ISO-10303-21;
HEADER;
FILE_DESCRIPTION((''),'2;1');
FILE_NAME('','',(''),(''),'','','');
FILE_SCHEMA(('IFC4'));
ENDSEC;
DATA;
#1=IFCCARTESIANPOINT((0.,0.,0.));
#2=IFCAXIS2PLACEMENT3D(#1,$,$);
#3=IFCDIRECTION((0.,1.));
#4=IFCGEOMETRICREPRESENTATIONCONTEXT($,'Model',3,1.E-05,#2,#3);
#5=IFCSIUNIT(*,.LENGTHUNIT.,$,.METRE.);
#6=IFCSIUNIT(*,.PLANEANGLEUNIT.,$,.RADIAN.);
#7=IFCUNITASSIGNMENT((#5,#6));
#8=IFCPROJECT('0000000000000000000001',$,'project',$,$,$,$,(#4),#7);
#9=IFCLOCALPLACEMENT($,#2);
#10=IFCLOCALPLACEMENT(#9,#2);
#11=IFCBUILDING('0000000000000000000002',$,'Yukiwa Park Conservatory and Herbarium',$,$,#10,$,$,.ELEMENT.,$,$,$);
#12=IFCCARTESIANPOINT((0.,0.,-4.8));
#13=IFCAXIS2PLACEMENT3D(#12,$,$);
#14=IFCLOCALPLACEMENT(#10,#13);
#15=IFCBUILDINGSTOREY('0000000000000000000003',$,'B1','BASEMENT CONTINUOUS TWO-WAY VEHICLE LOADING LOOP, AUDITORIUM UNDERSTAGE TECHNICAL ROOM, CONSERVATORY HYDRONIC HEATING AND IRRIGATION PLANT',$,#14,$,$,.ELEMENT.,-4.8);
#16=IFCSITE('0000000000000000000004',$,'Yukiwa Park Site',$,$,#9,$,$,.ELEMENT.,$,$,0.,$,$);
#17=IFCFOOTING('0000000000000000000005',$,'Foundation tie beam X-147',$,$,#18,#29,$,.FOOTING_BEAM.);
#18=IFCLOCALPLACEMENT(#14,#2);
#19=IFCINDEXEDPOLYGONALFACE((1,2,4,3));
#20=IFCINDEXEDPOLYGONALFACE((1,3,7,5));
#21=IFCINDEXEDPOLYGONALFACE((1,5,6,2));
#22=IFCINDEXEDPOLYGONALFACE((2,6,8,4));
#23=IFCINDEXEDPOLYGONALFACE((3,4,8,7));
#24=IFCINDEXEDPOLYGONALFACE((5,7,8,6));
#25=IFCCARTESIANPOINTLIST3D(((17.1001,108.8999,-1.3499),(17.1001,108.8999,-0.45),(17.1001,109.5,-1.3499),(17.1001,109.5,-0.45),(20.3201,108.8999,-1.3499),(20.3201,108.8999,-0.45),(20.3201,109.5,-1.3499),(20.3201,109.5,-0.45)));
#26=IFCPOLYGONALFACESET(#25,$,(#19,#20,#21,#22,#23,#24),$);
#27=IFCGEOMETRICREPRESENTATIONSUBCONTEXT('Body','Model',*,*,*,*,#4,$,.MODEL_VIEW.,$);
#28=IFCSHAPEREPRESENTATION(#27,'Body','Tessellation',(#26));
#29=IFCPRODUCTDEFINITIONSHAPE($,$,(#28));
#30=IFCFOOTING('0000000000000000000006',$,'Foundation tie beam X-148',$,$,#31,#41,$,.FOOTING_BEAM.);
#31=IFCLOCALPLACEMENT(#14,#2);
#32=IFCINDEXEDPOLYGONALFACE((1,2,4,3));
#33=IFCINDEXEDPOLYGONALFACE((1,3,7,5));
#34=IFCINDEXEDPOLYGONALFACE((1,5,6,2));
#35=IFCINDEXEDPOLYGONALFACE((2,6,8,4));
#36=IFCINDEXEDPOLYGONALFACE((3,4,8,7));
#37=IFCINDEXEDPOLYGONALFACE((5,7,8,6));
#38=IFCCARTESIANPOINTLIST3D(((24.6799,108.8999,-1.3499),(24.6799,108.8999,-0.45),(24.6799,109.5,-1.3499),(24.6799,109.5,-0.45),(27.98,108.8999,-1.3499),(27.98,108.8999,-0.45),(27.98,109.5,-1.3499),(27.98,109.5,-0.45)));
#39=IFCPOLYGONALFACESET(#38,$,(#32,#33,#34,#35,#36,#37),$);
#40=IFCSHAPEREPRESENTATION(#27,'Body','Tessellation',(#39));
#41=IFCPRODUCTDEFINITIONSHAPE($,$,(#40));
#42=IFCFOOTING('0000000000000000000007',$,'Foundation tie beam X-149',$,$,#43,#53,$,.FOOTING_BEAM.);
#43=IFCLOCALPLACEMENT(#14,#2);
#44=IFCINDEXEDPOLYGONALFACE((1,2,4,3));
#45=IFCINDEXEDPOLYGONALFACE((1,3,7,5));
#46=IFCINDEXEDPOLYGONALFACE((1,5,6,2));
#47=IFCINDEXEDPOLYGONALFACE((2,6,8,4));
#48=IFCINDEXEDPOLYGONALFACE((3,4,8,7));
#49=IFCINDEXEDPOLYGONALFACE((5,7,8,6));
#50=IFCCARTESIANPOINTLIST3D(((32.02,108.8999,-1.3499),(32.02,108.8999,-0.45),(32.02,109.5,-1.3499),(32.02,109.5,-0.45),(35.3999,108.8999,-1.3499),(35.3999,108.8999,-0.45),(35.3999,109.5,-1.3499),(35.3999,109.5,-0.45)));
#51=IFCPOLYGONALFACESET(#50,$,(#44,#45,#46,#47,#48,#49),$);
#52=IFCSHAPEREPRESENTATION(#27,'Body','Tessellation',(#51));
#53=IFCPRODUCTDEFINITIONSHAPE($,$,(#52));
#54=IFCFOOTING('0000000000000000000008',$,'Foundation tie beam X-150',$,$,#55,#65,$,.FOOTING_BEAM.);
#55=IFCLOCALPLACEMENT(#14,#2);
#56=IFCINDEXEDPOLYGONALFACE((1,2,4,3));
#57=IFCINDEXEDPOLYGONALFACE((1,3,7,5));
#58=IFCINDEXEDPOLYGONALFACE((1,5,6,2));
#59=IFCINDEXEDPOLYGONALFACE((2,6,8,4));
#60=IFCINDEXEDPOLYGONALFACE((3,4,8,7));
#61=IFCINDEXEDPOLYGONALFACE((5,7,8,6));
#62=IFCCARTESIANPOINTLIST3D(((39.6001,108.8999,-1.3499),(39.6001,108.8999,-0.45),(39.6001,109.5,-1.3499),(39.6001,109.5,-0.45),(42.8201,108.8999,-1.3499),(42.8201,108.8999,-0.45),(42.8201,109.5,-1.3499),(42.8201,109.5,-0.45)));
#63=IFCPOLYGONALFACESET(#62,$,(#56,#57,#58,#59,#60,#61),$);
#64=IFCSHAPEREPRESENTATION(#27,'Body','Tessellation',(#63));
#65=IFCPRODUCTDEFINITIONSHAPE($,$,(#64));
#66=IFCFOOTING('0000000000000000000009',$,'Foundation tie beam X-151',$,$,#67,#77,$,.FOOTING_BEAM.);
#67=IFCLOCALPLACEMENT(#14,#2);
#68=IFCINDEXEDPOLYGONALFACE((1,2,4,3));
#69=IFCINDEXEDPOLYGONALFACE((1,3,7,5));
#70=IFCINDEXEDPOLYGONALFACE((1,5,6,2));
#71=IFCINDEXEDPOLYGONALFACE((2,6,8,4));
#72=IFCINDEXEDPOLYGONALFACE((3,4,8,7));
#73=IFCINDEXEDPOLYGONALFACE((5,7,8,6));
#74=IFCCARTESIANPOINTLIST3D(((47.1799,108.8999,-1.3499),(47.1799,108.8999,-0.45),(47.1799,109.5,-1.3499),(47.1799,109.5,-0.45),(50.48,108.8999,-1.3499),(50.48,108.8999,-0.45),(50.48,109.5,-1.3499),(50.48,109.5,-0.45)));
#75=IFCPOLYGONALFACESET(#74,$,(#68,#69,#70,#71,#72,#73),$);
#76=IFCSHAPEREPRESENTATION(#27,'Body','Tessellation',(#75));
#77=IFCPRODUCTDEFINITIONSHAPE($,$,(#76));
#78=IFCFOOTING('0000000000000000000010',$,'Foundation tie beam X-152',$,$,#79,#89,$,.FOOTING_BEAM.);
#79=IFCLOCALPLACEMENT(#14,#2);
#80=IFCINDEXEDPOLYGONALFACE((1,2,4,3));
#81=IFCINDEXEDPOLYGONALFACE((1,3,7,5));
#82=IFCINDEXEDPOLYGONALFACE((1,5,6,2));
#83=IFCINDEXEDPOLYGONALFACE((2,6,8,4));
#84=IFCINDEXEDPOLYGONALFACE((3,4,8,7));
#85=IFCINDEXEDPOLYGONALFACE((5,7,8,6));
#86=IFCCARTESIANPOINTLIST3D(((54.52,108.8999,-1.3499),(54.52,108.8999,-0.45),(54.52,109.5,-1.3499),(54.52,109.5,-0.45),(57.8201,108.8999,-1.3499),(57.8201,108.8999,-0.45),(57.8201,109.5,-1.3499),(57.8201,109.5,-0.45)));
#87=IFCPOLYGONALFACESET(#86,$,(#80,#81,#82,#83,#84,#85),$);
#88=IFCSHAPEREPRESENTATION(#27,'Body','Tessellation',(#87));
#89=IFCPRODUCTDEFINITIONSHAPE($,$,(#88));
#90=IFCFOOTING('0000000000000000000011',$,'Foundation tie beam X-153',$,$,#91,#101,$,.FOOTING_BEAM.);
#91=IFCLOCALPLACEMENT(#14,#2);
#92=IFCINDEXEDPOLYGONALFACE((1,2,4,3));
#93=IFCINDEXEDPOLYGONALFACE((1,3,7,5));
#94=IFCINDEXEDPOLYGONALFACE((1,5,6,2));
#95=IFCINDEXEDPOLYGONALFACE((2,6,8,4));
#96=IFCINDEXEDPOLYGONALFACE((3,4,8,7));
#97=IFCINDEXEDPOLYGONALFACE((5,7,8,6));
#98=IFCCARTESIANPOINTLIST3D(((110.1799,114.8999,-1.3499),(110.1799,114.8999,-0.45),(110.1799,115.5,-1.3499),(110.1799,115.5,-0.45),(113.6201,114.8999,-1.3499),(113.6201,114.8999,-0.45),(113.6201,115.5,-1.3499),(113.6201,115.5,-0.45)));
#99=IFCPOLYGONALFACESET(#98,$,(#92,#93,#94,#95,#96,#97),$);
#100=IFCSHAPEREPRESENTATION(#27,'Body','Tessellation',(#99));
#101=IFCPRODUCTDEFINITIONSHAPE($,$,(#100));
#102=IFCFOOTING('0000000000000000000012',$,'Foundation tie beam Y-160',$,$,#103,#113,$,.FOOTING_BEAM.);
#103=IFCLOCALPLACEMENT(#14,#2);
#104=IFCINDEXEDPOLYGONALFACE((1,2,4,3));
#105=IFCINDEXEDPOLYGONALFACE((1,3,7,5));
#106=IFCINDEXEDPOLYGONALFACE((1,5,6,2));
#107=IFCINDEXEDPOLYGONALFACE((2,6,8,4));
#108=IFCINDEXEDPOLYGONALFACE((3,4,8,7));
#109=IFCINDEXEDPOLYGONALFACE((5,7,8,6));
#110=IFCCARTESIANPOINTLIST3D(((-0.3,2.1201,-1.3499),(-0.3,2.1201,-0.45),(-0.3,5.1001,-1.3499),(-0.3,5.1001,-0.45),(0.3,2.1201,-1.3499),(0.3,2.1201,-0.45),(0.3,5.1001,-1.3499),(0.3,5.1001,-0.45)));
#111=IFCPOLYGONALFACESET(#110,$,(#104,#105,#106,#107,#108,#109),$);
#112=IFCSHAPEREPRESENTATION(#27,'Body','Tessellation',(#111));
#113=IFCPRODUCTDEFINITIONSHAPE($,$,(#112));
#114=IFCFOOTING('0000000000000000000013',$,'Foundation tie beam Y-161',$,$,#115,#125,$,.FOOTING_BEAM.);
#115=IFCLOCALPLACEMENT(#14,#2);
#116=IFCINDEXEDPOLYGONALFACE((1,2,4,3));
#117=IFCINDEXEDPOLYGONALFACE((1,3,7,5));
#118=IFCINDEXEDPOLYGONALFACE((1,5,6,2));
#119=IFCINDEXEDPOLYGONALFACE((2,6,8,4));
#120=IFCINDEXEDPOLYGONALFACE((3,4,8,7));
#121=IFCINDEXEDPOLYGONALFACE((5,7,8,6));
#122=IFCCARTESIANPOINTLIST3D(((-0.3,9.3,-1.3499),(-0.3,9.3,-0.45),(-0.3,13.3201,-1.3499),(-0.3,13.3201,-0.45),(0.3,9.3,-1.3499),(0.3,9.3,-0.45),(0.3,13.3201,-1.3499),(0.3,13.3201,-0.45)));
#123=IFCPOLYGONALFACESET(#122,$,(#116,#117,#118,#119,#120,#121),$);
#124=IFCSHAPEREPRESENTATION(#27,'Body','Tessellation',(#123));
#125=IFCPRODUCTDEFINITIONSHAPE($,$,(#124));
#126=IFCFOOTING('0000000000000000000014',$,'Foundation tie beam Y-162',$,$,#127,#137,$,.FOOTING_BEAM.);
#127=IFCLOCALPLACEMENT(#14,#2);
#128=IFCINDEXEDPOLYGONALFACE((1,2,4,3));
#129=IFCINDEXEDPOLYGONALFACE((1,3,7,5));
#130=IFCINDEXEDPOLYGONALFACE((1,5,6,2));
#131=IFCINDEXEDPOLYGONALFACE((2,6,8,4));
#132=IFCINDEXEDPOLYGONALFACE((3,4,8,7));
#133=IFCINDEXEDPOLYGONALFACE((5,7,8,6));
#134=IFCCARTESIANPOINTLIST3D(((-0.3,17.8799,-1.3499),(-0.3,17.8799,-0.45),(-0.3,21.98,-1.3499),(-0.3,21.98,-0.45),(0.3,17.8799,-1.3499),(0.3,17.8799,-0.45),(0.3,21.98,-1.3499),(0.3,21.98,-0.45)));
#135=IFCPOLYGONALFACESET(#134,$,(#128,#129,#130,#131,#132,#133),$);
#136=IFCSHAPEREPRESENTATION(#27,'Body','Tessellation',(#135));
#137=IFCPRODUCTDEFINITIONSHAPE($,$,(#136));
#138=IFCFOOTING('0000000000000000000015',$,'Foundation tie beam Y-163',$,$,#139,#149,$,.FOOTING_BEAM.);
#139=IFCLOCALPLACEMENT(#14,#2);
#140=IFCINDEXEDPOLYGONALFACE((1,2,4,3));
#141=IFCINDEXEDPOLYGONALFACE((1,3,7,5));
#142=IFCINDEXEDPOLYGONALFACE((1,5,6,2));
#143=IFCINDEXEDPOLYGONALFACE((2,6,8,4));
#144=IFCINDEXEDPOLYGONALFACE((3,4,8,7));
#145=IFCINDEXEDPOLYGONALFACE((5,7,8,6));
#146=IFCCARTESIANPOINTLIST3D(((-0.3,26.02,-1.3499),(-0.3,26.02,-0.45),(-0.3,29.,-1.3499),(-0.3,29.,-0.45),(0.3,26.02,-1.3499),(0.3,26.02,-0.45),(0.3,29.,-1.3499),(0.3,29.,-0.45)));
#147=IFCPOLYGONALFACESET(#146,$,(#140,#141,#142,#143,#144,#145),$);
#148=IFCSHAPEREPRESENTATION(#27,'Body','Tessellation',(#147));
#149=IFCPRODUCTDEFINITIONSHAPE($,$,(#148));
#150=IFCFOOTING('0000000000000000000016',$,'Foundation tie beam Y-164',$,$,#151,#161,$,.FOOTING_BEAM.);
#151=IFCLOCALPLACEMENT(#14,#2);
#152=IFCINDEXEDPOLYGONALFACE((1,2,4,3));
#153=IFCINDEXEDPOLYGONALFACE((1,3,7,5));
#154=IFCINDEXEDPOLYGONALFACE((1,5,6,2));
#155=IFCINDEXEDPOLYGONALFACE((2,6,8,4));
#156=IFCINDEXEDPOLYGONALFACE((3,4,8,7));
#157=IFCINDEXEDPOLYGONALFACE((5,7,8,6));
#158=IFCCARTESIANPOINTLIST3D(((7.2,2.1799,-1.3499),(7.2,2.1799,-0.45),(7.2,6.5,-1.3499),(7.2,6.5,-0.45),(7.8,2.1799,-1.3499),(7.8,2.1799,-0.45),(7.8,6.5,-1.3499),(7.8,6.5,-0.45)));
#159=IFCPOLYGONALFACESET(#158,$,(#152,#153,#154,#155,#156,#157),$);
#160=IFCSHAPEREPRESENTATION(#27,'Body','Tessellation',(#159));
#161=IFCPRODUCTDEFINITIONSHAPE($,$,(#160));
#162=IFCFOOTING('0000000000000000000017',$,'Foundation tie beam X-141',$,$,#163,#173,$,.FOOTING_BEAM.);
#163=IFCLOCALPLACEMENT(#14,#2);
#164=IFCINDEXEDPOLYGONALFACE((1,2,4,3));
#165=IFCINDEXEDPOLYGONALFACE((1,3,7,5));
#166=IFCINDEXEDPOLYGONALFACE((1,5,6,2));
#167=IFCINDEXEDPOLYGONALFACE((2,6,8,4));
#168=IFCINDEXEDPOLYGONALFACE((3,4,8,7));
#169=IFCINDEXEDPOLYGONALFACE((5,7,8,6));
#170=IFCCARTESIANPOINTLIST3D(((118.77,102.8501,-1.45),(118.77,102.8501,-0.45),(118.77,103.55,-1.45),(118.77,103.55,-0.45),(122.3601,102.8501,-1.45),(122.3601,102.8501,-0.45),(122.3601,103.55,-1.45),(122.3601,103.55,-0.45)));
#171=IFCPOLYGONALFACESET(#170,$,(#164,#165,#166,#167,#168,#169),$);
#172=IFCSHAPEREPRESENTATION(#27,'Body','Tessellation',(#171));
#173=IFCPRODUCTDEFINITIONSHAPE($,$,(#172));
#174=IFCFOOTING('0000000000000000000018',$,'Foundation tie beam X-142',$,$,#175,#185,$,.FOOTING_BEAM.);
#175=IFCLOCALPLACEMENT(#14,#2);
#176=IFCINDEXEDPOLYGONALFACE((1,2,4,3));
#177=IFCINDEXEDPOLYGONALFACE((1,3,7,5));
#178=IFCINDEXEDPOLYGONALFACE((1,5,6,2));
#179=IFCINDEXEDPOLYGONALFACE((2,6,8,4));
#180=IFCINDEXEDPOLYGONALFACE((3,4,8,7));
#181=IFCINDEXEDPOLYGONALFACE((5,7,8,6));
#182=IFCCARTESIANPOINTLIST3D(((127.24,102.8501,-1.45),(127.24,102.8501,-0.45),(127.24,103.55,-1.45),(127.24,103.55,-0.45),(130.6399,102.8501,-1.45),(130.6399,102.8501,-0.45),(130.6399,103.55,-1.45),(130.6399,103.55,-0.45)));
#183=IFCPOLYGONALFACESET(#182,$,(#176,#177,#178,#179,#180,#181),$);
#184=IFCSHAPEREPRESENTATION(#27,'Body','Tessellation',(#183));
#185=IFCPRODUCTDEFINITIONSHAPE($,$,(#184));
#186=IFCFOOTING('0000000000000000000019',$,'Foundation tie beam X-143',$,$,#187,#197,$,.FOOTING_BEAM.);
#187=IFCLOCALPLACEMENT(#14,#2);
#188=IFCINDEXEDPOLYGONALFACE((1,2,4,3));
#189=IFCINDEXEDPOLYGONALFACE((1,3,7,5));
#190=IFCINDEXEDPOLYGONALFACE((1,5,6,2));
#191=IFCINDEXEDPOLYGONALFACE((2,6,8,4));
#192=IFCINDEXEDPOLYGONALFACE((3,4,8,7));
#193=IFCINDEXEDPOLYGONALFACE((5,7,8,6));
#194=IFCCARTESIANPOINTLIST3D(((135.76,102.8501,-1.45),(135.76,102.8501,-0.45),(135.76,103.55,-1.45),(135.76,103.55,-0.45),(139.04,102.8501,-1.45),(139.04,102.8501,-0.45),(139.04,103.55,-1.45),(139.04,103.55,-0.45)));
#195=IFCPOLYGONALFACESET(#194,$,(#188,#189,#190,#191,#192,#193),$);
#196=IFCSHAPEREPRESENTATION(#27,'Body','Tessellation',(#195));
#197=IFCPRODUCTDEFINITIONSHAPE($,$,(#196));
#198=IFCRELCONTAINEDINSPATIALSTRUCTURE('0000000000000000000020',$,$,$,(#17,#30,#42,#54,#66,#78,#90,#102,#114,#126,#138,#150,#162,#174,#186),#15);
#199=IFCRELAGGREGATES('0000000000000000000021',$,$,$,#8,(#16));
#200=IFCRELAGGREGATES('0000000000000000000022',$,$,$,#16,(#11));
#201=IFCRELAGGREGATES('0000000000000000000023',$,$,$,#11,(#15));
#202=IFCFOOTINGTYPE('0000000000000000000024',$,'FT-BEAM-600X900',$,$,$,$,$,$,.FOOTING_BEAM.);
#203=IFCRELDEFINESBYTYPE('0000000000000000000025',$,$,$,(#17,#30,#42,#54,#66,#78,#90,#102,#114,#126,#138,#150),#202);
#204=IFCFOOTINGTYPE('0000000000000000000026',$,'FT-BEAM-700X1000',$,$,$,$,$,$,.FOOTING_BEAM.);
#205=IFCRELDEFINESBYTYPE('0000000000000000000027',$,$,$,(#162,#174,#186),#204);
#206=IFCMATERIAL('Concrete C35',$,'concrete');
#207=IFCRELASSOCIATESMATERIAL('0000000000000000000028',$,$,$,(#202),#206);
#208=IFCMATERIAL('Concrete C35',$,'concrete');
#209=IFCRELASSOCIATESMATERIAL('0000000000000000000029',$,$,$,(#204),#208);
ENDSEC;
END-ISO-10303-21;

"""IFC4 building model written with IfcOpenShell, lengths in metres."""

from ifc_helpers import new_model, si_unit, direction, frame, origin, place, context, subcontext, project, spatial, polyline, outline, extrude, material, type_object, element, save


model = new_model("IFC4")

# Units and contexts
model_context = context("Model", 3, precision=1e-05, world=origin(), true_north=direction((0.0, 1.0)))
body_context = subcontext(model_context, "Body", "Model", "MODEL_VIEW")
ifc_project = project(units=[si_unit("LENGTHUNIT", "METRE"), si_unit("PLANEANGLEUNIT", "RADIAN")], contexts=[model_context])

# Site, building, storey
site_placement = place(None, origin())
site = spatial("IfcSite", under=ifc_project, at=site_placement, Name="Yukiwa Park Site", CompositionType="ELEMENT", RefElevation=0.0)
building_placement = place(site_placement, origin())
building = spatial("IfcBuilding", under=site, at=building_placement, Name="Yukiwa Park Conservatory and Herbarium", CompositionType="ELEMENT")
storey_placement = place(building_placement, frame((0.0, 0.0, -4.8)))
storey = spatial("IfcBuildingStorey", under=building, at=storey_placement, Name="B1", Description="BASEMENT CONTINUOUS TWO-WAY VEHICLE LOADING LOOP, AUDITORIUM UNDERSTAGE TECHNICAL ROOM, CONSERVATORY HYDRONIC HEATING AND IRRIGATION PLANT", CompositionType="ELEMENT", Elevation=-4.8)

# Footings
ifc_material_1 = material(Name="Concrete C35", Category="concrete")
footing_type_1 = type_object("IfcFootingType", Name="FT-BEAM-600X900", PredefinedType="FOOTING_BEAM", material=ifc_material_1)
footing_1_placement = place(storey_placement, frame((0.0, 0.0, -1.3499)))
element("IfcFooting", 1, at=footing_1_placement, inside=storey, type_object=footing_type_1, Name="Foundation tie beam X-147", PredefinedType="FOOTING_BEAM", context=body_context, shape_type="SweptSolid", body=[
    extrude(outline(polyline([(17.1001, 108.8999), (20.3201, 108.8999), (20.3201, 109.5), (17.1001, 109.5), (17.1001, 108.8999)])), origin(), (0.0, 0.0, 1.0), 0.8999),
])
footing_2_placement = place(storey_placement, frame((0.0, 0.0, -1.3499)))
element("IfcFooting", 2, at=footing_2_placement, inside=storey, type_object=footing_type_1, Name="Foundation tie beam X-148", PredefinedType="FOOTING_BEAM", context=body_context, shape_type="SweptSolid", body=[
    extrude(outline(polyline([(24.6799, 108.8999), (27.98, 108.8999), (27.98, 109.5), (24.6799, 109.5), (24.6799, 108.8999)])), origin(), (0.0, 0.0, 1.0), 0.8999),
])
footing_3_placement = place(storey_placement, frame((0.0, 0.0, -1.3499)))
element("IfcFooting", 3, at=footing_3_placement, inside=storey, type_object=footing_type_1, Name="Foundation tie beam X-149", PredefinedType="FOOTING_BEAM", context=body_context, shape_type="SweptSolid", body=[
    extrude(outline(polyline([(32.02, 108.8999), (35.3999, 108.8999), (35.3999, 109.5), (32.02, 109.5), (32.02, 108.8999)])), origin(), (0.0, 0.0, 1.0), 0.8999),
])
footing_4_placement = place(storey_placement, frame((0.0, 0.0, -1.3499)))
element("IfcFooting", 4, at=footing_4_placement, inside=storey, type_object=footing_type_1, Name="Foundation tie beam X-150", PredefinedType="FOOTING_BEAM", context=body_context, shape_type="SweptSolid", body=[
    extrude(outline(polyline([(39.6001, 108.8999), (42.8201, 108.8999), (42.8201, 109.5), (39.6001, 109.5), (39.6001, 108.8999)])), origin(), (0.0, 0.0, 1.0), 0.8999),
])
footing_5_placement = place(storey_placement, frame((0.0, 0.0, -1.3499)))
element("IfcFooting", 5, at=footing_5_placement, inside=storey, type_object=footing_type_1, Name="Foundation tie beam X-151", PredefinedType="FOOTING_BEAM", context=body_context, shape_type="SweptSolid", body=[
    extrude(outline(polyline([(47.1799, 108.8999), (50.48, 108.8999), (50.48, 109.5), (47.1799, 109.5), (47.1799, 108.8999)])), origin(), (0.0, 0.0, 1.0), 0.8999),
])
footing_6_placement = place(storey_placement, frame((0.0, 0.0, -1.3499)))
element("IfcFooting", 6, at=footing_6_placement, inside=storey, type_object=footing_type_1, Name="Foundation tie beam X-152", PredefinedType="FOOTING_BEAM", context=body_context, shape_type="SweptSolid", body=[
    extrude(outline(polyline([(54.52, 108.8999), (57.8201, 108.8999), (57.8201, 109.5), (54.52, 109.5), (54.52, 108.8999)])), origin(), (0.0, 0.0, 1.0), 0.8999),
])
footing_7_placement = place(storey_placement, frame((0.0, 0.0, -1.3499)))
element("IfcFooting", 7, at=footing_7_placement, inside=storey, type_object=footing_type_1, Name="Foundation tie beam X-153", PredefinedType="FOOTING_BEAM", context=body_context, shape_type="SweptSolid", body=[
    extrude(outline(polyline([(110.1799, 114.8999), (113.6201, 114.8999), (113.6201, 115.5), (110.1799, 115.5), (110.1799, 114.8999)])), origin(), (0.0, 0.0, 1.0), 0.8999),
])
footing_8_placement = place(storey_placement, frame((0.0, 0.0, -1.3499)))
element("IfcFooting", 8, at=footing_8_placement, inside=storey, type_object=footing_type_1, Name="Foundation tie beam Y-160", PredefinedType="FOOTING_BEAM", context=body_context, shape_type="SweptSolid", body=[
    extrude(outline(polyline([(-0.3, 2.1201), (0.3, 2.1201), (0.3, 5.1001), (-0.3, 5.1001), (-0.3, 2.1201)])), origin(), (0.0, 0.0, 1.0), 0.8999),
])
footing_9_placement = place(storey_placement, frame((0.0, 0.0, -1.3499)))
element("IfcFooting", 9, at=footing_9_placement, inside=storey, type_object=footing_type_1, Name="Foundation tie beam Y-161", PredefinedType="FOOTING_BEAM", context=body_context, shape_type="SweptSolid", body=[
    extrude(outline(polyline([(-0.3, 9.3), (0.3, 9.3), (0.3, 13.3201), (-0.3, 13.3201), (-0.3, 9.3)])), origin(), (0.0, 0.0, 1.0), 0.8999),
])
footing_10_placement = place(storey_placement, frame((0.0, 0.0, -1.3499)))
element("IfcFooting", 10, at=footing_10_placement, inside=storey, type_object=footing_type_1, Name="Foundation tie beam Y-162", PredefinedType="FOOTING_BEAM", context=body_context, shape_type="SweptSolid", body=[
    extrude(outline(polyline([(-0.3, 17.8799), (0.3, 17.8799), (0.3, 21.98), (-0.3, 21.98), (-0.3, 17.8799)])), origin(), (0.0, 0.0, 1.0), 0.8999),
])
footing_11_placement = place(storey_placement, frame((0.0, 0.0, -1.3499)))
element("IfcFooting", 11, at=footing_11_placement, inside=storey, type_object=footing_type_1, Name="Foundation tie beam Y-163", PredefinedType="FOOTING_BEAM", context=body_context, shape_type="SweptSolid", body=[
    extrude(outline(polyline([(-0.3, 26.02), (0.3, 26.02), (0.3, 29.0), (-0.3, 29.0), (-0.3, 26.02)])), origin(), (0.0, 0.0, 1.0), 0.8999),
])
footing_12_placement = place(storey_placement, frame((0.0, 0.0, -1.3499)))
element("IfcFooting", 12, at=footing_12_placement, inside=storey, type_object=footing_type_1, Name="Foundation tie beam Y-164", PredefinedType="FOOTING_BEAM", context=body_context, shape_type="SweptSolid", body=[
    extrude(outline(polyline([(7.2, 2.1799), (7.8, 2.1799), (7.8, 6.5), (7.2, 6.5), (7.2, 2.1799)])), origin(), (0.0, 0.0, 1.0), 0.8999),
])
ifc_material_2 = material(Name="Concrete C35", Category="concrete")
footing_type_2 = type_object("IfcFootingType", Name="FT-BEAM-700X1000", PredefinedType="FOOTING_BEAM", material=ifc_material_2)
footing_13_placement = place(storey_placement, frame((0.0, 0.0, -1.45)))
element("IfcFooting", 13, at=footing_13_placement, inside=storey, type_object=footing_type_2, Name="Foundation tie beam X-141", PredefinedType="FOOTING_BEAM", context=body_context, shape_type="SweptSolid", body=[
    extrude(outline(polyline([(118.77, 102.8501), (122.3601, 102.8501), (122.3601, 103.55), (118.77, 103.55), (118.77, 102.8501)])), origin(), (0.0, 0.0, 1.0), 1.0),
])
footing_14_placement = place(storey_placement, frame((0.0, 0.0, -1.45)))
element("IfcFooting", 14, at=footing_14_placement, inside=storey, type_object=footing_type_2, Name="Foundation tie beam X-142", PredefinedType="FOOTING_BEAM", context=body_context, shape_type="SweptSolid", body=[
    extrude(outline(polyline([(127.24, 102.8501), (130.6399, 102.8501), (130.6399, 103.55), (127.24, 103.55), (127.24, 102.8501)])), origin(), (0.0, 0.0, 1.0), 1.0),
])
footing_15_placement = place(storey_placement, frame((0.0, 0.0, -1.45)))
element("IfcFooting", 15, at=footing_15_placement, inside=storey, type_object=footing_type_2, Name="Foundation tie beam X-143", PredefinedType="FOOTING_BEAM", context=body_context, shape_type="SweptSolid", body=[
    extrude(outline(polyline([(135.76, 102.8501), (139.04, 102.8501), (139.04, 103.55), (135.76, 103.55), (135.76, 102.8501)])), origin(), (0.0, 0.0, 1.0), 1.0),
])

save(model, "model.ifc")
